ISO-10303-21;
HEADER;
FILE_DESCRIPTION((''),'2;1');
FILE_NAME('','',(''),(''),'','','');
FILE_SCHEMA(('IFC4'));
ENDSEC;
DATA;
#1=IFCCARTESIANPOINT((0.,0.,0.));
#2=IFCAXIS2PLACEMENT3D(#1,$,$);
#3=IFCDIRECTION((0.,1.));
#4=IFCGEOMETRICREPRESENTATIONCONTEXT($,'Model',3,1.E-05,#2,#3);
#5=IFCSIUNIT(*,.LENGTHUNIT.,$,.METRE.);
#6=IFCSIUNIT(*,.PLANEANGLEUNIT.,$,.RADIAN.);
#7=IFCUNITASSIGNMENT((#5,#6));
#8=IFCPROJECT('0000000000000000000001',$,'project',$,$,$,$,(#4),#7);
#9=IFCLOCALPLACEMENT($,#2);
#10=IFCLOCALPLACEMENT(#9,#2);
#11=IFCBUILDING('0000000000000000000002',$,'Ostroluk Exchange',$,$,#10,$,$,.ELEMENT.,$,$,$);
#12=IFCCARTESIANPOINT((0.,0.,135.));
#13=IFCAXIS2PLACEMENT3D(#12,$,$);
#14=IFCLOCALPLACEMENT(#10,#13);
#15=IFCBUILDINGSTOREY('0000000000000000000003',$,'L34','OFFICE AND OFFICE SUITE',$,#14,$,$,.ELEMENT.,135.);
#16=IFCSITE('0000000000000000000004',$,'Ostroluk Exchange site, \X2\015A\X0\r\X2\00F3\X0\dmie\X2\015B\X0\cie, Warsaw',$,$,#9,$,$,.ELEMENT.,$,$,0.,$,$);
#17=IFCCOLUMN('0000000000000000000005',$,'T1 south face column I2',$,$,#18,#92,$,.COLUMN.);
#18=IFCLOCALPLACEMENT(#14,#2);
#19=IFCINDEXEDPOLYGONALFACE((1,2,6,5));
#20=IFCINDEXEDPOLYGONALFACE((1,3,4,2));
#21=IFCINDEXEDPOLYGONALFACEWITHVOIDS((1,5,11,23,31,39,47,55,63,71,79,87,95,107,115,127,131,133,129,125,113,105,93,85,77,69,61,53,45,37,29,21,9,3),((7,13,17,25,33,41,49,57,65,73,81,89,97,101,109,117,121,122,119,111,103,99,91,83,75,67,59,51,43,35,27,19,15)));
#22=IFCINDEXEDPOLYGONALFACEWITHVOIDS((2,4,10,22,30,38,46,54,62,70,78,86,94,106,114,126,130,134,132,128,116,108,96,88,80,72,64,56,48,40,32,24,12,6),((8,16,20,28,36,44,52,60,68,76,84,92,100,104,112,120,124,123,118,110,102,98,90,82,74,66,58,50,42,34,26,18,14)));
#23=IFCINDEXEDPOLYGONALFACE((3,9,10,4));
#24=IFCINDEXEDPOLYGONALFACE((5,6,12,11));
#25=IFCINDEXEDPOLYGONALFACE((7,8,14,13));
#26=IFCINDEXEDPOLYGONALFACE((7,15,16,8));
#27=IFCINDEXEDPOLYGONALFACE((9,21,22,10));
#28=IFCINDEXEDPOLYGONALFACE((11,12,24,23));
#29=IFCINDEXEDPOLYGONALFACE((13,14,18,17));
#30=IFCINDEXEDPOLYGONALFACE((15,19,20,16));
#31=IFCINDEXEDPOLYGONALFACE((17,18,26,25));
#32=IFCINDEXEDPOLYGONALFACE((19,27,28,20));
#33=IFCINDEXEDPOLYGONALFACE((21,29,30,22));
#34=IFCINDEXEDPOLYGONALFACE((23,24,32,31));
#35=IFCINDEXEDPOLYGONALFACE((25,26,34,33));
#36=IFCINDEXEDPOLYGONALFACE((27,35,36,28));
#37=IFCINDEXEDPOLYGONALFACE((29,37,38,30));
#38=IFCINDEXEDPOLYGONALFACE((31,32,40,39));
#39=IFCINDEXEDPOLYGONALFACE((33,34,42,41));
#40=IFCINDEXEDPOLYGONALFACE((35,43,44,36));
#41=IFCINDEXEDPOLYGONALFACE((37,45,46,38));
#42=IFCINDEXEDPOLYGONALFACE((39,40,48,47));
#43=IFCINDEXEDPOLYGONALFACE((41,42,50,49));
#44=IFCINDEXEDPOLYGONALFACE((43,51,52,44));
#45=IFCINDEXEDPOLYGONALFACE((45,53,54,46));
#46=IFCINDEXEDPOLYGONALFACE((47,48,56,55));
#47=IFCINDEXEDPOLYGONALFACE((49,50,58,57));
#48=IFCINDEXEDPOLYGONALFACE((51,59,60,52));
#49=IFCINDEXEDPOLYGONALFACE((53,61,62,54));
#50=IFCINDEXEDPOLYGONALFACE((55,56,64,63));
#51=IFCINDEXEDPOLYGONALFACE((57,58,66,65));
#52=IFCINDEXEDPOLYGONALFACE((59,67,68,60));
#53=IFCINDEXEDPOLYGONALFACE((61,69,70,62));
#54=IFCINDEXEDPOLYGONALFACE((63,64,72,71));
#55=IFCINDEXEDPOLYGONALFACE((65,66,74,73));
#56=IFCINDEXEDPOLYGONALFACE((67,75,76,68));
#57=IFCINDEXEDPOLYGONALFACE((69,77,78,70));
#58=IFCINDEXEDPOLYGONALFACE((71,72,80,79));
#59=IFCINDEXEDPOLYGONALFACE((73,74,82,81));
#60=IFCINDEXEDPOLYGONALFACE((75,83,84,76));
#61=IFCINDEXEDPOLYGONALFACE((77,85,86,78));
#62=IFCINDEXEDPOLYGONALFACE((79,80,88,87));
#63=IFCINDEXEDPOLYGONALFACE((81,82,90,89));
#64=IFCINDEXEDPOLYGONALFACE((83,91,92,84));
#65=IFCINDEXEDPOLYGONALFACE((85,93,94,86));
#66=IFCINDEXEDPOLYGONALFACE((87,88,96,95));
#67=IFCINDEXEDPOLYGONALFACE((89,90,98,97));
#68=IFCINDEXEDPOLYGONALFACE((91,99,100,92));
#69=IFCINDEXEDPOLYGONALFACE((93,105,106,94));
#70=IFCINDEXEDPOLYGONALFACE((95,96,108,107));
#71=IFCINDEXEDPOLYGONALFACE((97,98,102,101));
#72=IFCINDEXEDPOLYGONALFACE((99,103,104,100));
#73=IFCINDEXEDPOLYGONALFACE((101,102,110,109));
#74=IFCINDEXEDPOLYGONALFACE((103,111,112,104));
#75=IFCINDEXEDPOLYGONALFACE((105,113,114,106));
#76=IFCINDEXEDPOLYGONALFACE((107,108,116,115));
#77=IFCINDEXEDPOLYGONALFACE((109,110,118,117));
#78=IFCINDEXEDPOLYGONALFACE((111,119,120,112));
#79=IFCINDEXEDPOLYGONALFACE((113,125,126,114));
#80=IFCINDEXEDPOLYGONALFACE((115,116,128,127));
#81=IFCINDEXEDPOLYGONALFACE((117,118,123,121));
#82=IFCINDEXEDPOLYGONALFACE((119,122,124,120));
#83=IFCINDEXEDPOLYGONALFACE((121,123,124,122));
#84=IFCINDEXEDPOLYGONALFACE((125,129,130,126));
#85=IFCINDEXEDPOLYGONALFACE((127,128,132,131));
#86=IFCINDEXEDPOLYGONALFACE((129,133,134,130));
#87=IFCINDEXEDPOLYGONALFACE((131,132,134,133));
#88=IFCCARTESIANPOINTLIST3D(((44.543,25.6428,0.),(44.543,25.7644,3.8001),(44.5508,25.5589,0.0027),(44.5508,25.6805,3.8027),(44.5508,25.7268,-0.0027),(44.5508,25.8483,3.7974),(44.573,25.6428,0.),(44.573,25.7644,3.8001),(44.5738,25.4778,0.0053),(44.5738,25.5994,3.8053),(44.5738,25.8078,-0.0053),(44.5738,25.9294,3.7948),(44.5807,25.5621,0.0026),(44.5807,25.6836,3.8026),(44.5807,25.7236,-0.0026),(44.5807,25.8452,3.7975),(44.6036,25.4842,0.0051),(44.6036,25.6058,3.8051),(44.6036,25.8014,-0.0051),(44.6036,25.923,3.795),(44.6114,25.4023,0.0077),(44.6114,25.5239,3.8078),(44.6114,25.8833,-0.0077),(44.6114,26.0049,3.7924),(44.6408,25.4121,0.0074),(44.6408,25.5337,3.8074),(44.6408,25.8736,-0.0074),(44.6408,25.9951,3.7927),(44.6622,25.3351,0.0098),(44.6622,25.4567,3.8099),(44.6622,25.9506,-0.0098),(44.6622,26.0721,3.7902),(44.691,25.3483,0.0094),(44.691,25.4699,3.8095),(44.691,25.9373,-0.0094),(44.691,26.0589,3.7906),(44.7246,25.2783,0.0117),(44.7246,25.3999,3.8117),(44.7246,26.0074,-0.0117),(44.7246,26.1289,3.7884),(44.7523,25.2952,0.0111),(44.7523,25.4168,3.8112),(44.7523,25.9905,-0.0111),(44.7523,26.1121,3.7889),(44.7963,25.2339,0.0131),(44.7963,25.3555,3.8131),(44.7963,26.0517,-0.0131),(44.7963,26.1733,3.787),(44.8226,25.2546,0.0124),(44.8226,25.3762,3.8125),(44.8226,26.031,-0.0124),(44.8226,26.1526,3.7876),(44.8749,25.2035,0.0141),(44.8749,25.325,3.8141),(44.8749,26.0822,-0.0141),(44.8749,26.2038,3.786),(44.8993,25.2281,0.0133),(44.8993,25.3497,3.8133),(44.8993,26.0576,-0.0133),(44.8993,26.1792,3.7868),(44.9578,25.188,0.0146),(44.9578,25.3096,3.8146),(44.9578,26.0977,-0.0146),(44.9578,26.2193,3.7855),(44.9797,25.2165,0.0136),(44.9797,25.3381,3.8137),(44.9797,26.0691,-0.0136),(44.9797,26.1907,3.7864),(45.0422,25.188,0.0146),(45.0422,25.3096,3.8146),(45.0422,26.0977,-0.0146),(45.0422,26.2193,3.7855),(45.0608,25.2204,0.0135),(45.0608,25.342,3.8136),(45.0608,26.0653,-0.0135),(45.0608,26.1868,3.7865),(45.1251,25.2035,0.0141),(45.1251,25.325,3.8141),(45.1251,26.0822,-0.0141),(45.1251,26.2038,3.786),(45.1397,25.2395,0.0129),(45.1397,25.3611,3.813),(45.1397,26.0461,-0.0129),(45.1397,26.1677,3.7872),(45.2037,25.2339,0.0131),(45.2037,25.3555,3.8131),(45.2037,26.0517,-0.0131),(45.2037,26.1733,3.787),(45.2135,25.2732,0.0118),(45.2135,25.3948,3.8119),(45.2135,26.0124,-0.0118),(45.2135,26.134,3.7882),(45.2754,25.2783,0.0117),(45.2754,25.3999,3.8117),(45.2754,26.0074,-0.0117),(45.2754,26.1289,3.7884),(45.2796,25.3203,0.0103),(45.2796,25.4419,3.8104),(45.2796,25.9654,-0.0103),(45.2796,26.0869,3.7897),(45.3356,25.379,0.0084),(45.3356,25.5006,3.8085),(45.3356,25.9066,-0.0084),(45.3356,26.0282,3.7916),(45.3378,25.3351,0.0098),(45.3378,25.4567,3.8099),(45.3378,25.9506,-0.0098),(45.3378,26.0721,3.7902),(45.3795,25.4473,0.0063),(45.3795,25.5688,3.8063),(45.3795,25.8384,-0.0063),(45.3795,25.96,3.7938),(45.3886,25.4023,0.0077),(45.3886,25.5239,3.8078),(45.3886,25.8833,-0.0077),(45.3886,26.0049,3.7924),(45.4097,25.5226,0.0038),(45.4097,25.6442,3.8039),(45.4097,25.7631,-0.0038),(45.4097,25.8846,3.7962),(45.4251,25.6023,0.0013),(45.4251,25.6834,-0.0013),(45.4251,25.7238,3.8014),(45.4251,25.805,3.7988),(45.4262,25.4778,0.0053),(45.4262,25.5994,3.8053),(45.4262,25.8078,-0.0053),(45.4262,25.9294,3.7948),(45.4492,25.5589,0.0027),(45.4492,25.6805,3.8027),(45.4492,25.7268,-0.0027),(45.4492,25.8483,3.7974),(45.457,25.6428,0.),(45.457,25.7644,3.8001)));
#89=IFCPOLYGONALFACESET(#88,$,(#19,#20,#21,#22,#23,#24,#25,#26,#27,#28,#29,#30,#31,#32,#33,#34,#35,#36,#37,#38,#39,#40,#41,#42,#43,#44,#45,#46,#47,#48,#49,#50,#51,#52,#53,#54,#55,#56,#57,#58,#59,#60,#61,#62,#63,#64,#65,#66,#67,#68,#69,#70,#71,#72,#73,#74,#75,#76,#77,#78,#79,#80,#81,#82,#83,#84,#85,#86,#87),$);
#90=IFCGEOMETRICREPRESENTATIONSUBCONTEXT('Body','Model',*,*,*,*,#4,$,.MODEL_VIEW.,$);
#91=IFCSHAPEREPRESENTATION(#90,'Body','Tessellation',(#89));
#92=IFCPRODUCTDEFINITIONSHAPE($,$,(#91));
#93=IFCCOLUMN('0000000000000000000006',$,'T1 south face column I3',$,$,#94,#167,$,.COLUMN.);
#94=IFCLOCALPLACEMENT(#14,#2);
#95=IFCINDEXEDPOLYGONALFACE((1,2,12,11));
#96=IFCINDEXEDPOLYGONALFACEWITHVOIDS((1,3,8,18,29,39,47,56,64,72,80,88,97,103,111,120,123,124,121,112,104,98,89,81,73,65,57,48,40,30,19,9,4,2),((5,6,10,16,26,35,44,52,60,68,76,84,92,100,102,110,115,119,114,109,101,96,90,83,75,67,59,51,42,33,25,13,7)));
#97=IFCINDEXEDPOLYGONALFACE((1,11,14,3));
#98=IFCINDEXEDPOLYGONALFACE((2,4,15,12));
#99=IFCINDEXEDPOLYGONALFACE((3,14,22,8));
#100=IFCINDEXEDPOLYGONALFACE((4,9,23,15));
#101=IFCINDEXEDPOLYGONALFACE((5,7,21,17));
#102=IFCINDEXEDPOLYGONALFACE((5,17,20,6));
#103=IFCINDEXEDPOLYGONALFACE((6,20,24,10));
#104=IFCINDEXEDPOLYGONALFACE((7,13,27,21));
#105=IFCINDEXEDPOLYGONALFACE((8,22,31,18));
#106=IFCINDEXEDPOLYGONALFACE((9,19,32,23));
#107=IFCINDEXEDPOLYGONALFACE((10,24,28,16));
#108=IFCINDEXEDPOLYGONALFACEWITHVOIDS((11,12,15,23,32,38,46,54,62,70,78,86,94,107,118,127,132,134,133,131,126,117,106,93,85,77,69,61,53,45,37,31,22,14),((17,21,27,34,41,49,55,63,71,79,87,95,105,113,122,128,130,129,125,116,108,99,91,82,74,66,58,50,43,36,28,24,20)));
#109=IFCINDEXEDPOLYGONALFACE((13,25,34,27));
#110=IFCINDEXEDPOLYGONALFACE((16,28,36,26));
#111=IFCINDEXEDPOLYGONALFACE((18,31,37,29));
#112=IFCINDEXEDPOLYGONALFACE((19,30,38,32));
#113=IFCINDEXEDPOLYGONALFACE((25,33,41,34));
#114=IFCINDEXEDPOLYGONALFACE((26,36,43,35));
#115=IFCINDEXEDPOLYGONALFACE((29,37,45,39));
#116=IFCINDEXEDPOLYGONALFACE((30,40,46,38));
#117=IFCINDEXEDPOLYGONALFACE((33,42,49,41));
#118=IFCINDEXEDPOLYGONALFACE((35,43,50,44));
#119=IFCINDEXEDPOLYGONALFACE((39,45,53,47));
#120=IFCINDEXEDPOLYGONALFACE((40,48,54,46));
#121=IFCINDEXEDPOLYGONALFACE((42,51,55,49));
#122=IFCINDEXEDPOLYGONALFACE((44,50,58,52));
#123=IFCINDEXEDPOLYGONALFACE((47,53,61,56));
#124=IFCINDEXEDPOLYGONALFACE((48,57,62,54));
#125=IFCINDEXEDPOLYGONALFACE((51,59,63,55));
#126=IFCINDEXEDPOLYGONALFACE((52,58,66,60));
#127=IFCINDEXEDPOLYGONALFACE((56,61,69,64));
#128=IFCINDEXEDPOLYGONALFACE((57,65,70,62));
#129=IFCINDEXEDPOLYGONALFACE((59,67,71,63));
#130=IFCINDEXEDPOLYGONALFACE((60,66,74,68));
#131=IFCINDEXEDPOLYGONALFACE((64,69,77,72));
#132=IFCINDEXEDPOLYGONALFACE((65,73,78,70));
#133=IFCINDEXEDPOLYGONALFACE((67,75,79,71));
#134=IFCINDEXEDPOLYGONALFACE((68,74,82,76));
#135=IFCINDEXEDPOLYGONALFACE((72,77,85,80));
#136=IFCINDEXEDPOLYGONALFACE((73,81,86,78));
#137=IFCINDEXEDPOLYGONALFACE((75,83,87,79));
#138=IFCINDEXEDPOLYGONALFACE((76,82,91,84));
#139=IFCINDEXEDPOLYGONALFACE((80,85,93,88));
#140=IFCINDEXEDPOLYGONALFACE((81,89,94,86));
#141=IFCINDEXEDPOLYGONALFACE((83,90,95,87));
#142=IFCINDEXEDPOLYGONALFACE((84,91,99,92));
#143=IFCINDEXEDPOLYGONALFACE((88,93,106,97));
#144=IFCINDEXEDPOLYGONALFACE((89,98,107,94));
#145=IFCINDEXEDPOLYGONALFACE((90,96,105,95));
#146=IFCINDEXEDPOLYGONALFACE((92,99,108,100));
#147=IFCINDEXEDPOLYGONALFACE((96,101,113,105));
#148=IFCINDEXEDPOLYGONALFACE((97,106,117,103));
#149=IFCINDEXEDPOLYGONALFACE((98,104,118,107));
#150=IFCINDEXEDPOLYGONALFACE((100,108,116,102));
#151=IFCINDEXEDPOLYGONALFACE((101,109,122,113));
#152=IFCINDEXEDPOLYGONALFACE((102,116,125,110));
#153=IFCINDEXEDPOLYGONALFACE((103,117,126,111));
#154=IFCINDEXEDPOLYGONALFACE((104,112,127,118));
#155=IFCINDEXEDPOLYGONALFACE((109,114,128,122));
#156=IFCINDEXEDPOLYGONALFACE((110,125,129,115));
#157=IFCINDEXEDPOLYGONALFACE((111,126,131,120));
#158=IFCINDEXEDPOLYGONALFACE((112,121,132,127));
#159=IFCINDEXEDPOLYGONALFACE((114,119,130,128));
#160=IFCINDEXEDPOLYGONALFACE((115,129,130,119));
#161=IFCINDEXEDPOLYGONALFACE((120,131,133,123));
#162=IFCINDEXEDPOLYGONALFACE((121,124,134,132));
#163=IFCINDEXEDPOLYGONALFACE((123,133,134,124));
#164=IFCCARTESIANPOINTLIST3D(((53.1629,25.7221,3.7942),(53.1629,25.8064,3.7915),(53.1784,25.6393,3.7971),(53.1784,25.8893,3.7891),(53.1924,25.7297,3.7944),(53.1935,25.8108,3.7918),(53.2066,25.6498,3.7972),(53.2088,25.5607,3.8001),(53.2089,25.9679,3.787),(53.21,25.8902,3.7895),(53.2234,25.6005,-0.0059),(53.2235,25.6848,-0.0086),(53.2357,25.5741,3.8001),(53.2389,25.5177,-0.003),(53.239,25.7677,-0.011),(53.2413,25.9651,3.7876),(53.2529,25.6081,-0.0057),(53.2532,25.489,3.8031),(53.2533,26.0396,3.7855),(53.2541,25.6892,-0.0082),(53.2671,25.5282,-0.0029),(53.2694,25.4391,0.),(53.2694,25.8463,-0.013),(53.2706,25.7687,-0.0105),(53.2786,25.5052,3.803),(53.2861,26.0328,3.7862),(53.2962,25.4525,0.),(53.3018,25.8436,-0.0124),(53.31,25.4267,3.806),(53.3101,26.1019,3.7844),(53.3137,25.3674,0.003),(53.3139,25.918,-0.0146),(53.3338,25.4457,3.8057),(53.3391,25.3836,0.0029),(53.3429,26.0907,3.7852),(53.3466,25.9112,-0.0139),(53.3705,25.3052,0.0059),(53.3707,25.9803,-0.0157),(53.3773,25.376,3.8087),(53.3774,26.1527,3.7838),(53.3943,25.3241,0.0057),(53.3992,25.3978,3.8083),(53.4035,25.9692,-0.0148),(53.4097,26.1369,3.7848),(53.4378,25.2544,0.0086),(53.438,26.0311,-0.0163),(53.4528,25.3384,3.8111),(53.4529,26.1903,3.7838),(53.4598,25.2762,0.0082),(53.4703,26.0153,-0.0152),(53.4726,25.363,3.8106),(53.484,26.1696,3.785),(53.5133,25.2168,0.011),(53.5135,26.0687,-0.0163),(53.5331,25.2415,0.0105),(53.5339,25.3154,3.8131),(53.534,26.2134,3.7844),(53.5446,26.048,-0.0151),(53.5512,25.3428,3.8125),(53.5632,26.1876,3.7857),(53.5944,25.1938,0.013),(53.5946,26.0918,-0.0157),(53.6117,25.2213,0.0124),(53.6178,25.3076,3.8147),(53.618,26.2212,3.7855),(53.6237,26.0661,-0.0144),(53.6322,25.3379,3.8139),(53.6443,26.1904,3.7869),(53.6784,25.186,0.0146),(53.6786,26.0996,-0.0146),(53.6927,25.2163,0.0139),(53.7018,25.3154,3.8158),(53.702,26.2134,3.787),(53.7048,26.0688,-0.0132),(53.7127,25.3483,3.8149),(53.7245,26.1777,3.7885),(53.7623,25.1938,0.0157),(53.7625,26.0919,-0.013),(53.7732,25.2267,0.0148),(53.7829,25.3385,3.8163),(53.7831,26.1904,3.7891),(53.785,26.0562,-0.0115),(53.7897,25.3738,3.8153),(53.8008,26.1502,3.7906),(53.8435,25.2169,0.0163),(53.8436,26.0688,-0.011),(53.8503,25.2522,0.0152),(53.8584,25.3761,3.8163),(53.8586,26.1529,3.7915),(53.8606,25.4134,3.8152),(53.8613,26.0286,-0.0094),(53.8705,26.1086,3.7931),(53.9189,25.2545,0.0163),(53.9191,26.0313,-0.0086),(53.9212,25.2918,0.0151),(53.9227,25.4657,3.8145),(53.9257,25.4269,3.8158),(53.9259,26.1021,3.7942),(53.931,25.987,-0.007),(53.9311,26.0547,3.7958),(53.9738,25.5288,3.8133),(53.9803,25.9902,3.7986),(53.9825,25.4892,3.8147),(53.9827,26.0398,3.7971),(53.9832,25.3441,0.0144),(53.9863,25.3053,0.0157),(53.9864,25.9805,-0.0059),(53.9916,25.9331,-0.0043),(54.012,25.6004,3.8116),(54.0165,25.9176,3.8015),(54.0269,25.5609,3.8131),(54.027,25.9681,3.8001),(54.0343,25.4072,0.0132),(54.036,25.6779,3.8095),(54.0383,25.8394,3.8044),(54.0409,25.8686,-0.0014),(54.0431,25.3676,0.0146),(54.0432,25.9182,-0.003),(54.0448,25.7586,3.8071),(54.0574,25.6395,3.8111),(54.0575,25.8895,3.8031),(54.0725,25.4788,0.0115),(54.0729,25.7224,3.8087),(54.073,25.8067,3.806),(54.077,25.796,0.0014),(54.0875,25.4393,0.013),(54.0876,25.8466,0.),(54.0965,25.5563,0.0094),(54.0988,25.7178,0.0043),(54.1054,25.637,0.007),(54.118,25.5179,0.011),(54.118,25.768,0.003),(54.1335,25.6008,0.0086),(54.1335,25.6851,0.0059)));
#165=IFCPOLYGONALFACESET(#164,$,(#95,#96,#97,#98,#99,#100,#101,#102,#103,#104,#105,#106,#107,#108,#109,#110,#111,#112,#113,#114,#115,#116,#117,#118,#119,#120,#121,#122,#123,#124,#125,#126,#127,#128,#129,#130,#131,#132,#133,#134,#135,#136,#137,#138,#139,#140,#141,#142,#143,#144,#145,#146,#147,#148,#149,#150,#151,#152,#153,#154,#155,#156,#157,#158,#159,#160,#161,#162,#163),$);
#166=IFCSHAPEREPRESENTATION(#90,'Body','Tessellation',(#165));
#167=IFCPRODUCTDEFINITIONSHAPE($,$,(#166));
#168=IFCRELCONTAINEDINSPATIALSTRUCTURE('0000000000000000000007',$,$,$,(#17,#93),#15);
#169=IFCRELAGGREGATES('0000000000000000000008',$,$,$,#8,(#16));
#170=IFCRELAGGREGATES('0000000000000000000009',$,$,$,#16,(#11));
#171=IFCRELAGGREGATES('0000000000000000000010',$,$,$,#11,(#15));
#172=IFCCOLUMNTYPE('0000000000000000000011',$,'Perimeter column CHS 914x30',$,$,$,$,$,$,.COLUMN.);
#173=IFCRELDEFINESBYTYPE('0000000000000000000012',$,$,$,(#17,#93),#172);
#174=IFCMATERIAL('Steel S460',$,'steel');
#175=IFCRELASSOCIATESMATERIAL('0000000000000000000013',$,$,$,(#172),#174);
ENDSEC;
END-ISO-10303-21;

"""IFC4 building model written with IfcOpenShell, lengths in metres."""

from ifc_helpers import new_model, si_unit, direction, frame, origin, origin_2d, place, context, subcontext, project, spatial, hollow_circle, extrude, material, material_profile, profile_set, type_object, element, save


model = new_model("IFC4")

# Units and contexts
model_context = context("Model", 3, precision=1e-05, world=origin(), true_north=direction((0.0, 1.0)))
body_context = subcontext(model_context, "Body", "Model", "MODEL_VIEW")
ifc_project = project(units=[si_unit("LENGTHUNIT", "METRE"), si_unit("PLANEANGLEUNIT", "RADIAN")], contexts=[model_context])

# Site, building, storey
site_placement = place(None, origin())
site = spatial("IfcSite", under=ifc_project, at=site_placement, Name="Ostroluk Exchange site, Śródmieście, Warsaw", CompositionType="ELEMENT", RefElevation=0.0)
building_placement = place(site_placement, origin())
building = spatial("IfcBuilding", under=site, at=building_placement, Name="Ostroluk Exchange", CompositionType="ELEMENT")
storey_placement = place(building_placement, frame((0.0, 0.0, 135.0)))
storey = spatial("IfcBuildingStorey", under=building, at=storey_placement, Name="L34", Description="OFFICE AND OFFICE SUITE", CompositionType="ELEMENT", Elevation=135.0)

# Columns
ifc_material_1 = material(Name="Steel S460", Category="steel")
ifc_material_profile_1 = material_profile(ifc_material_1, hollow_circle(Radius=0.457, WallThickness=0.03, at=origin_2d()), Name="CHS 914x30")
ifc_profile_set_1 = profile_set([ifc_material_profile_1], Name="Steel S460")
column_type = type_object("IfcColumnType", Name="Perimeter column CHS 914x30", PredefinedType="COLUMN", material=ifc_profile_set_1)
column_1_placement = place(storey_placement, frame((45.0, 25.6428, 0.0), z_axis=(0.0, 0.031978, 0.999489), x_axis=(-1.0, 0.0, 0.0)))
element("IfcColumn", 1, at=column_1_placement, inside=storey, type_object=column_type, Name="T1 south face column I2", PredefinedType="COLUMN", context=body_context, shape_type="SweptSolid", body=[
    extrude(hollow_circle(Radius=0.457, WallThickness=0.03, at=origin_2d()), origin(), (0.0, 0.0, 1.0), 3.802),
])
column_2_placement = place(storey_placement, frame((53.6785, 25.6428, 0.0), z_axis=(-0.015923, 0.031974, 0.999362), x_axis=(-0.895145, -0.445775, 0.0)))
element("IfcColumn", 2, at=column_2_placement, inside=storey, type_object=column_type, Name="T1 south face column I3", PredefinedType="COLUMN", context=body_context, shape_type="SweptSolid", body=[
    extrude(hollow_circle(Radius=0.457, WallThickness=0.03, at=origin_2d()), origin(), (0.0, 0.0, 1.0), 3.8025),
])

save(model, "model.ifc")
